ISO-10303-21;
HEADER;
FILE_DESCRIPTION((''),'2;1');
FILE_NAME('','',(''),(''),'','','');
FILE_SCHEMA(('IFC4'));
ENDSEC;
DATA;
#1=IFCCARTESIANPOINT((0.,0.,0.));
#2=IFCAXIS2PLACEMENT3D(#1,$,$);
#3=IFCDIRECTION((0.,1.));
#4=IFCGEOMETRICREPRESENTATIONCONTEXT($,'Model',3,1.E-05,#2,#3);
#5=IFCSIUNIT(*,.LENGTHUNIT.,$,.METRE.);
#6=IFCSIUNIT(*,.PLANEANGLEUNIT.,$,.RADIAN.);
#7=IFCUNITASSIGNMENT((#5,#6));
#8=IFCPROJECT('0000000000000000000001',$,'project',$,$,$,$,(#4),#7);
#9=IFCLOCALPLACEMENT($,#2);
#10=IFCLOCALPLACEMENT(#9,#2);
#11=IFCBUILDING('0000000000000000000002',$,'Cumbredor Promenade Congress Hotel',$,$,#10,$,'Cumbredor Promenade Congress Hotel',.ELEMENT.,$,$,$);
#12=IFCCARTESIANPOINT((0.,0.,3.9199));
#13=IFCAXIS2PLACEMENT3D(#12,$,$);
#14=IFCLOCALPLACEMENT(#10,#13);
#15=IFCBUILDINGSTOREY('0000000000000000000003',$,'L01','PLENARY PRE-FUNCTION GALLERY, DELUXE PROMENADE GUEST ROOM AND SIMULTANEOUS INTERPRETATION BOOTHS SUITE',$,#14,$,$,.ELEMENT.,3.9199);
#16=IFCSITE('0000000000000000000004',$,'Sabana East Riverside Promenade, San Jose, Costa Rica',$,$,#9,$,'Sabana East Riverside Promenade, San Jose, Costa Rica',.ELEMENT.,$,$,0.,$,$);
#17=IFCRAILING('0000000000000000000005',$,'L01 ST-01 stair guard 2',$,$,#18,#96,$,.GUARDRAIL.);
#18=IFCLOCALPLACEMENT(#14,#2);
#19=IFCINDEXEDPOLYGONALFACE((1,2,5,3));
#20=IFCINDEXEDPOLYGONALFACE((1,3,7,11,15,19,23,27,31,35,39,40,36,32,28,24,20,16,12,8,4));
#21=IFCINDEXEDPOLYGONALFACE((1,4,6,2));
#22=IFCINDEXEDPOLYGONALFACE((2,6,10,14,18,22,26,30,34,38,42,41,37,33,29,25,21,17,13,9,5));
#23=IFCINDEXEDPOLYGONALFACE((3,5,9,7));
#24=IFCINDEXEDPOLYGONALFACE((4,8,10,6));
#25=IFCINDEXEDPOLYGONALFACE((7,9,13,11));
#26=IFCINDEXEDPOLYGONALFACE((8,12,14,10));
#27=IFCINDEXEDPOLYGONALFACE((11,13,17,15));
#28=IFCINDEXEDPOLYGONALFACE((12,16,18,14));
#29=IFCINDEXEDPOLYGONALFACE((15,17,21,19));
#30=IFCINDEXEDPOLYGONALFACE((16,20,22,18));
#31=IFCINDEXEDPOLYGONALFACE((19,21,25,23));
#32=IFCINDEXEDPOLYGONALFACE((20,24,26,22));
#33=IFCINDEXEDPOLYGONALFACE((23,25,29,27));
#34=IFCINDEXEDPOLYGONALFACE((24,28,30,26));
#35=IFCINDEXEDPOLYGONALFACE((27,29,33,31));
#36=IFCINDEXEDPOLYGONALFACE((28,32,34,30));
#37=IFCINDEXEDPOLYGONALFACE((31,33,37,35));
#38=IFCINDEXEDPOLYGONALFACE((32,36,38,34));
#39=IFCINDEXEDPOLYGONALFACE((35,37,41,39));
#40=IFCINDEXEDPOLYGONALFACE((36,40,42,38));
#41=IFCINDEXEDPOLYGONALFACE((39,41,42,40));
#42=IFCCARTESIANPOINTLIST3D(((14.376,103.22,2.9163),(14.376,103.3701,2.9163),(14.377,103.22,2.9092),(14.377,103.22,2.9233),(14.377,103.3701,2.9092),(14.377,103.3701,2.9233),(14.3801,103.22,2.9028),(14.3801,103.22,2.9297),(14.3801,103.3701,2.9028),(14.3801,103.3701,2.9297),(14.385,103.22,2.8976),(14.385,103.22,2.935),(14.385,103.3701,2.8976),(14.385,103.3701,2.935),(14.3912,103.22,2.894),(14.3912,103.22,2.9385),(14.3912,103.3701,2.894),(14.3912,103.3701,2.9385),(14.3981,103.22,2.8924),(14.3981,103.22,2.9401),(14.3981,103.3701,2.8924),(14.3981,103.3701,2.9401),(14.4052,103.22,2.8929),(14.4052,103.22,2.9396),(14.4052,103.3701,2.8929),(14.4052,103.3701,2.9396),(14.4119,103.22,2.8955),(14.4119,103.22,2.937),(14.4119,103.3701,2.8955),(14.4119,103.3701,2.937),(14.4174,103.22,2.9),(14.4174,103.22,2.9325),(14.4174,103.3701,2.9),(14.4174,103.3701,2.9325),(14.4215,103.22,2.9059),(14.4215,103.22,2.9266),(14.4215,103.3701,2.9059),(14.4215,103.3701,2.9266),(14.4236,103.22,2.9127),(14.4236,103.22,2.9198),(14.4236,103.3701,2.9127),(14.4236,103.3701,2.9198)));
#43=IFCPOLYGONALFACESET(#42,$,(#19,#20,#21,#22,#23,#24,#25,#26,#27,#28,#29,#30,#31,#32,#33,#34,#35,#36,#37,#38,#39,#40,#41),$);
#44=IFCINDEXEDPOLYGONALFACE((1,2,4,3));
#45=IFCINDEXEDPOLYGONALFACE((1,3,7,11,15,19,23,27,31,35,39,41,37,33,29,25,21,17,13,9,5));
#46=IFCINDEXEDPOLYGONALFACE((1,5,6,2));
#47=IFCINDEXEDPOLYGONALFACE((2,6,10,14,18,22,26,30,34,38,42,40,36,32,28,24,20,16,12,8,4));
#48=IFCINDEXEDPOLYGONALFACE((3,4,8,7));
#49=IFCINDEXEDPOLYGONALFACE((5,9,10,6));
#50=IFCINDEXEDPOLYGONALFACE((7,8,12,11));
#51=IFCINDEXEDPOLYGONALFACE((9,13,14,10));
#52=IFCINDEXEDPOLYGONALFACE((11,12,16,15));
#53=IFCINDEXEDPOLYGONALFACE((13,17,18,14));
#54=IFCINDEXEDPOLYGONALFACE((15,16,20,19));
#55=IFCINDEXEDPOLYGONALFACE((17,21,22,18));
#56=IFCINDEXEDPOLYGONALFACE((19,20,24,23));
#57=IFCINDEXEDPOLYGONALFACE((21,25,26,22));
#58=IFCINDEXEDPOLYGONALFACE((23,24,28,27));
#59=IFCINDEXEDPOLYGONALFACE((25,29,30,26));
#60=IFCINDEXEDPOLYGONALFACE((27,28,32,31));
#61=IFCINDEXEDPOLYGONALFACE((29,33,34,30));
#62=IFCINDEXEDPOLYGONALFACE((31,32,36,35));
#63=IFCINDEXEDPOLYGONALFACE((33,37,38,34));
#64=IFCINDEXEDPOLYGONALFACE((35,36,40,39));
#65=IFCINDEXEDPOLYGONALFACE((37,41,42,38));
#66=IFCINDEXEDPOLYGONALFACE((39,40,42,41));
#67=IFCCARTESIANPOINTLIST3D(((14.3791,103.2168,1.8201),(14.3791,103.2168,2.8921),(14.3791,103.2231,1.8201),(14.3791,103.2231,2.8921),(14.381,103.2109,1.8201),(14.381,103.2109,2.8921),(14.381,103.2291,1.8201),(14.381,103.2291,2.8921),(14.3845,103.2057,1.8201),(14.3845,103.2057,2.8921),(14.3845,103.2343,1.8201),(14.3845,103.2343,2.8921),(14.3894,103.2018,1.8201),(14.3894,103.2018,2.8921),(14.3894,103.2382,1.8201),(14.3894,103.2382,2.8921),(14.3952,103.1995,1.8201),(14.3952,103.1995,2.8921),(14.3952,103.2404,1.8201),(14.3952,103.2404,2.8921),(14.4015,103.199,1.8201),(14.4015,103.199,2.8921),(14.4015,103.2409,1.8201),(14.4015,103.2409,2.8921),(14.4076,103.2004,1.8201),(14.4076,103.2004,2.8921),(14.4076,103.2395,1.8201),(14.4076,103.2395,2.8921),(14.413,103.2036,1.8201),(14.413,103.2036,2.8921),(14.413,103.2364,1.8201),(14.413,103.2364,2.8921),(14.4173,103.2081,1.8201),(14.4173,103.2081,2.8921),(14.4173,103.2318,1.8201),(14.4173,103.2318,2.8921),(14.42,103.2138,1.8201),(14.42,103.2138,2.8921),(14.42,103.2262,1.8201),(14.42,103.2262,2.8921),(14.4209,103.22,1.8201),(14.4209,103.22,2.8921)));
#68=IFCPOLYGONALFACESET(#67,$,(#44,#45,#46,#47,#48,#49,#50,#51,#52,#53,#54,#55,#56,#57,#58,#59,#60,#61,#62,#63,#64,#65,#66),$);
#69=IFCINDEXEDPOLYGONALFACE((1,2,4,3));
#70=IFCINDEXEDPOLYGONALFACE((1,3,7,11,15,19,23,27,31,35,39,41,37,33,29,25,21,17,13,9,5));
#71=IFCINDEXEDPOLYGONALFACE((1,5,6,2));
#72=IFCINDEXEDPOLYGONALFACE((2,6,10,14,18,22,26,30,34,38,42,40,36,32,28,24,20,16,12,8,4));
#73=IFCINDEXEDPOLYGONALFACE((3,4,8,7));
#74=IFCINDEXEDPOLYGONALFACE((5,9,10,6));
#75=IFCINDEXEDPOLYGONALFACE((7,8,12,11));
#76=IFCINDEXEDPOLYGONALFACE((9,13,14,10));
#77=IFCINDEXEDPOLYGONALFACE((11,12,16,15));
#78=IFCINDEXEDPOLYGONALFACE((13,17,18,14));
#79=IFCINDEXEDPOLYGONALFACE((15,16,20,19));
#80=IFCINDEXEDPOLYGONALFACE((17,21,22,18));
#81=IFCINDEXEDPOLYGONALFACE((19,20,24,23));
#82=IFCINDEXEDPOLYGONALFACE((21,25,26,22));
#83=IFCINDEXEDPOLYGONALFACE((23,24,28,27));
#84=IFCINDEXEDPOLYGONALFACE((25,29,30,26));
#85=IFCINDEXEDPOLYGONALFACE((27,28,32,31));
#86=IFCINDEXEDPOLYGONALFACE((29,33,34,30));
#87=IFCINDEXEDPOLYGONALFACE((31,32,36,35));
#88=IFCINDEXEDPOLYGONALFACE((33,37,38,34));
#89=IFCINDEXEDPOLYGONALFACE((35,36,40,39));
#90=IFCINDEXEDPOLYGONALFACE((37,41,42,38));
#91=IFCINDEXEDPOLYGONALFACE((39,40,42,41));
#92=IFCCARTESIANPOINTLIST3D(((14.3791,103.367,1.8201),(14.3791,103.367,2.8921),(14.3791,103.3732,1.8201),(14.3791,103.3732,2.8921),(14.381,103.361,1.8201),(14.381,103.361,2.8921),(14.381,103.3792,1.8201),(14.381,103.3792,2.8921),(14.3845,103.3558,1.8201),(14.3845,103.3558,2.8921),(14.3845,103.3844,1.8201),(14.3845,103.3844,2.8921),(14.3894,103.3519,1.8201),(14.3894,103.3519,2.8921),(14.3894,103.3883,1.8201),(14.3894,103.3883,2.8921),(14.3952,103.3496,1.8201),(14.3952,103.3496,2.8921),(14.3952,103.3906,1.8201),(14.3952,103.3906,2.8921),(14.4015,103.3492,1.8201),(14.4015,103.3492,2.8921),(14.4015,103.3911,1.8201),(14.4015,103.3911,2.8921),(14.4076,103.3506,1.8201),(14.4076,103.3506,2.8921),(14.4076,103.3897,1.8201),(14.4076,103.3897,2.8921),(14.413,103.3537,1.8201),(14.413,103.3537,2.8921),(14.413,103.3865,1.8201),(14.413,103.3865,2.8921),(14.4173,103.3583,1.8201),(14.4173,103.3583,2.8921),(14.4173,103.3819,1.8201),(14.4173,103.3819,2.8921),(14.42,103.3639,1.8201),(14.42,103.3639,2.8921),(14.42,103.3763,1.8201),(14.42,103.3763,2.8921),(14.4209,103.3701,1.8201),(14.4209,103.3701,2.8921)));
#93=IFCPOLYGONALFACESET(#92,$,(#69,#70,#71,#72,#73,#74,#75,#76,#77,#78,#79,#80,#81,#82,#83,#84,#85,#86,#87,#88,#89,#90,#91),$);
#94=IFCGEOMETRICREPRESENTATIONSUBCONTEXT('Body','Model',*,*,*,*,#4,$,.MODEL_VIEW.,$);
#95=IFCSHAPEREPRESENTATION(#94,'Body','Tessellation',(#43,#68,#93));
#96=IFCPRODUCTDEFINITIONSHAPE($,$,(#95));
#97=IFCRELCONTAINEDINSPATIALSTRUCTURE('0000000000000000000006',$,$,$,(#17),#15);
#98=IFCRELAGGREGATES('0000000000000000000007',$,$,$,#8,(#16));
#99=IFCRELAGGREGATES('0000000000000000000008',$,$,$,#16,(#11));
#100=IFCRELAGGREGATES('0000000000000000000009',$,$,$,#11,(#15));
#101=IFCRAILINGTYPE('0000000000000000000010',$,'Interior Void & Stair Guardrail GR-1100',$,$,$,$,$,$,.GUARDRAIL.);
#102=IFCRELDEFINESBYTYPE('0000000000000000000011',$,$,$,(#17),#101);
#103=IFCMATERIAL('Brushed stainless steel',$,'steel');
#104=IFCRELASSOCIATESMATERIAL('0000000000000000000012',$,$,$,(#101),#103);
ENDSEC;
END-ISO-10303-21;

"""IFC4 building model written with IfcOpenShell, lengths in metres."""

from ifc_helpers import new_model, si_unit, direction, frame, origin, origin_2d, place, context, subcontext, project, spatial, circle, extrude, material, type_object, element, save


model = new_model("IFC4")

# Units and contexts
model_context = context("Model", 3, precision=1e-05, world=origin(), true_north=direction((0.0, 1.0)))
body_context = subcontext(model_context, "Body", "Model", "MODEL_VIEW")
ifc_project = project(units=[si_unit("LENGTHUNIT", "METRE"), si_unit("PLANEANGLEUNIT", "RADIAN")], contexts=[model_context])

# Site, building, storey
site_placement = place(None, origin())
site = spatial("IfcSite", under=ifc_project, at=site_placement, Name="Sabana East Riverside Promenade, San Jose, Costa Rica", LongName="Sabana East Riverside Promenade, San Jose, Costa Rica", CompositionType="ELEMENT", RefElevation=0.0)
building_placement = place(site_placement, origin())
building = spatial("IfcBuilding", under=site, at=building_placement, Name="Cumbredor Promenade Congress Hotel", LongName="Cumbredor Promenade Congress Hotel", CompositionType="ELEMENT")
storey_placement = place(building_placement, frame((0.0, 0.0, 3.9199)))
storey = spatial("IfcBuildingStorey", under=building, at=storey_placement, Name="L01", Description="PLENARY PRE-FUNCTION GALLERY, DELUXE PROMENADE GUEST ROOM AND SIMULTANEOUS INTERPRETATION BOOTHS SUITE", CompositionType="ELEMENT", Elevation=3.9199)

# Railing
ifc_material_1 = material(Name="Brushed stainless steel", Category="steel")
railing_type_1 = type_object("IfcRailingType", Name="Interior Void & Stair Guardrail GR-1100", PredefinedType="GUARDRAIL", material=ifc_material_1)
railing_1_placement = place(storey_placement, frame((14.3999, 103.22, 1.8201)))
element("IfcRailing", 1, at=railing_1_placement, inside=storey, type_object=railing_type_1, Name="L01 ST-01 stair guard 2", PredefinedType="GUARDRAIL", context=body_context, shape_type="SweptSolid", body=[
    extrude(circle(Radius=0.0239, at=origin_2d()), frame((0.0, 0.0, 1.0962), z_axis=(0.0, 1.0, 0.0), x_axis=(-1.0, 0.0, 0.0)), (0.0, 0.0, 1.0), 0.1501),
    extrude(circle(Radius=0.021, at=origin_2d()), origin(), (0.0, 0.0, 1.0), 1.072),
    extrude(circle(Radius=0.021, at=origin_2d()), frame((0.0, 0.1501, 0.0)), (0.0, 0.0, 1.0), 1.072),
])

save(model, "model.ifc")
